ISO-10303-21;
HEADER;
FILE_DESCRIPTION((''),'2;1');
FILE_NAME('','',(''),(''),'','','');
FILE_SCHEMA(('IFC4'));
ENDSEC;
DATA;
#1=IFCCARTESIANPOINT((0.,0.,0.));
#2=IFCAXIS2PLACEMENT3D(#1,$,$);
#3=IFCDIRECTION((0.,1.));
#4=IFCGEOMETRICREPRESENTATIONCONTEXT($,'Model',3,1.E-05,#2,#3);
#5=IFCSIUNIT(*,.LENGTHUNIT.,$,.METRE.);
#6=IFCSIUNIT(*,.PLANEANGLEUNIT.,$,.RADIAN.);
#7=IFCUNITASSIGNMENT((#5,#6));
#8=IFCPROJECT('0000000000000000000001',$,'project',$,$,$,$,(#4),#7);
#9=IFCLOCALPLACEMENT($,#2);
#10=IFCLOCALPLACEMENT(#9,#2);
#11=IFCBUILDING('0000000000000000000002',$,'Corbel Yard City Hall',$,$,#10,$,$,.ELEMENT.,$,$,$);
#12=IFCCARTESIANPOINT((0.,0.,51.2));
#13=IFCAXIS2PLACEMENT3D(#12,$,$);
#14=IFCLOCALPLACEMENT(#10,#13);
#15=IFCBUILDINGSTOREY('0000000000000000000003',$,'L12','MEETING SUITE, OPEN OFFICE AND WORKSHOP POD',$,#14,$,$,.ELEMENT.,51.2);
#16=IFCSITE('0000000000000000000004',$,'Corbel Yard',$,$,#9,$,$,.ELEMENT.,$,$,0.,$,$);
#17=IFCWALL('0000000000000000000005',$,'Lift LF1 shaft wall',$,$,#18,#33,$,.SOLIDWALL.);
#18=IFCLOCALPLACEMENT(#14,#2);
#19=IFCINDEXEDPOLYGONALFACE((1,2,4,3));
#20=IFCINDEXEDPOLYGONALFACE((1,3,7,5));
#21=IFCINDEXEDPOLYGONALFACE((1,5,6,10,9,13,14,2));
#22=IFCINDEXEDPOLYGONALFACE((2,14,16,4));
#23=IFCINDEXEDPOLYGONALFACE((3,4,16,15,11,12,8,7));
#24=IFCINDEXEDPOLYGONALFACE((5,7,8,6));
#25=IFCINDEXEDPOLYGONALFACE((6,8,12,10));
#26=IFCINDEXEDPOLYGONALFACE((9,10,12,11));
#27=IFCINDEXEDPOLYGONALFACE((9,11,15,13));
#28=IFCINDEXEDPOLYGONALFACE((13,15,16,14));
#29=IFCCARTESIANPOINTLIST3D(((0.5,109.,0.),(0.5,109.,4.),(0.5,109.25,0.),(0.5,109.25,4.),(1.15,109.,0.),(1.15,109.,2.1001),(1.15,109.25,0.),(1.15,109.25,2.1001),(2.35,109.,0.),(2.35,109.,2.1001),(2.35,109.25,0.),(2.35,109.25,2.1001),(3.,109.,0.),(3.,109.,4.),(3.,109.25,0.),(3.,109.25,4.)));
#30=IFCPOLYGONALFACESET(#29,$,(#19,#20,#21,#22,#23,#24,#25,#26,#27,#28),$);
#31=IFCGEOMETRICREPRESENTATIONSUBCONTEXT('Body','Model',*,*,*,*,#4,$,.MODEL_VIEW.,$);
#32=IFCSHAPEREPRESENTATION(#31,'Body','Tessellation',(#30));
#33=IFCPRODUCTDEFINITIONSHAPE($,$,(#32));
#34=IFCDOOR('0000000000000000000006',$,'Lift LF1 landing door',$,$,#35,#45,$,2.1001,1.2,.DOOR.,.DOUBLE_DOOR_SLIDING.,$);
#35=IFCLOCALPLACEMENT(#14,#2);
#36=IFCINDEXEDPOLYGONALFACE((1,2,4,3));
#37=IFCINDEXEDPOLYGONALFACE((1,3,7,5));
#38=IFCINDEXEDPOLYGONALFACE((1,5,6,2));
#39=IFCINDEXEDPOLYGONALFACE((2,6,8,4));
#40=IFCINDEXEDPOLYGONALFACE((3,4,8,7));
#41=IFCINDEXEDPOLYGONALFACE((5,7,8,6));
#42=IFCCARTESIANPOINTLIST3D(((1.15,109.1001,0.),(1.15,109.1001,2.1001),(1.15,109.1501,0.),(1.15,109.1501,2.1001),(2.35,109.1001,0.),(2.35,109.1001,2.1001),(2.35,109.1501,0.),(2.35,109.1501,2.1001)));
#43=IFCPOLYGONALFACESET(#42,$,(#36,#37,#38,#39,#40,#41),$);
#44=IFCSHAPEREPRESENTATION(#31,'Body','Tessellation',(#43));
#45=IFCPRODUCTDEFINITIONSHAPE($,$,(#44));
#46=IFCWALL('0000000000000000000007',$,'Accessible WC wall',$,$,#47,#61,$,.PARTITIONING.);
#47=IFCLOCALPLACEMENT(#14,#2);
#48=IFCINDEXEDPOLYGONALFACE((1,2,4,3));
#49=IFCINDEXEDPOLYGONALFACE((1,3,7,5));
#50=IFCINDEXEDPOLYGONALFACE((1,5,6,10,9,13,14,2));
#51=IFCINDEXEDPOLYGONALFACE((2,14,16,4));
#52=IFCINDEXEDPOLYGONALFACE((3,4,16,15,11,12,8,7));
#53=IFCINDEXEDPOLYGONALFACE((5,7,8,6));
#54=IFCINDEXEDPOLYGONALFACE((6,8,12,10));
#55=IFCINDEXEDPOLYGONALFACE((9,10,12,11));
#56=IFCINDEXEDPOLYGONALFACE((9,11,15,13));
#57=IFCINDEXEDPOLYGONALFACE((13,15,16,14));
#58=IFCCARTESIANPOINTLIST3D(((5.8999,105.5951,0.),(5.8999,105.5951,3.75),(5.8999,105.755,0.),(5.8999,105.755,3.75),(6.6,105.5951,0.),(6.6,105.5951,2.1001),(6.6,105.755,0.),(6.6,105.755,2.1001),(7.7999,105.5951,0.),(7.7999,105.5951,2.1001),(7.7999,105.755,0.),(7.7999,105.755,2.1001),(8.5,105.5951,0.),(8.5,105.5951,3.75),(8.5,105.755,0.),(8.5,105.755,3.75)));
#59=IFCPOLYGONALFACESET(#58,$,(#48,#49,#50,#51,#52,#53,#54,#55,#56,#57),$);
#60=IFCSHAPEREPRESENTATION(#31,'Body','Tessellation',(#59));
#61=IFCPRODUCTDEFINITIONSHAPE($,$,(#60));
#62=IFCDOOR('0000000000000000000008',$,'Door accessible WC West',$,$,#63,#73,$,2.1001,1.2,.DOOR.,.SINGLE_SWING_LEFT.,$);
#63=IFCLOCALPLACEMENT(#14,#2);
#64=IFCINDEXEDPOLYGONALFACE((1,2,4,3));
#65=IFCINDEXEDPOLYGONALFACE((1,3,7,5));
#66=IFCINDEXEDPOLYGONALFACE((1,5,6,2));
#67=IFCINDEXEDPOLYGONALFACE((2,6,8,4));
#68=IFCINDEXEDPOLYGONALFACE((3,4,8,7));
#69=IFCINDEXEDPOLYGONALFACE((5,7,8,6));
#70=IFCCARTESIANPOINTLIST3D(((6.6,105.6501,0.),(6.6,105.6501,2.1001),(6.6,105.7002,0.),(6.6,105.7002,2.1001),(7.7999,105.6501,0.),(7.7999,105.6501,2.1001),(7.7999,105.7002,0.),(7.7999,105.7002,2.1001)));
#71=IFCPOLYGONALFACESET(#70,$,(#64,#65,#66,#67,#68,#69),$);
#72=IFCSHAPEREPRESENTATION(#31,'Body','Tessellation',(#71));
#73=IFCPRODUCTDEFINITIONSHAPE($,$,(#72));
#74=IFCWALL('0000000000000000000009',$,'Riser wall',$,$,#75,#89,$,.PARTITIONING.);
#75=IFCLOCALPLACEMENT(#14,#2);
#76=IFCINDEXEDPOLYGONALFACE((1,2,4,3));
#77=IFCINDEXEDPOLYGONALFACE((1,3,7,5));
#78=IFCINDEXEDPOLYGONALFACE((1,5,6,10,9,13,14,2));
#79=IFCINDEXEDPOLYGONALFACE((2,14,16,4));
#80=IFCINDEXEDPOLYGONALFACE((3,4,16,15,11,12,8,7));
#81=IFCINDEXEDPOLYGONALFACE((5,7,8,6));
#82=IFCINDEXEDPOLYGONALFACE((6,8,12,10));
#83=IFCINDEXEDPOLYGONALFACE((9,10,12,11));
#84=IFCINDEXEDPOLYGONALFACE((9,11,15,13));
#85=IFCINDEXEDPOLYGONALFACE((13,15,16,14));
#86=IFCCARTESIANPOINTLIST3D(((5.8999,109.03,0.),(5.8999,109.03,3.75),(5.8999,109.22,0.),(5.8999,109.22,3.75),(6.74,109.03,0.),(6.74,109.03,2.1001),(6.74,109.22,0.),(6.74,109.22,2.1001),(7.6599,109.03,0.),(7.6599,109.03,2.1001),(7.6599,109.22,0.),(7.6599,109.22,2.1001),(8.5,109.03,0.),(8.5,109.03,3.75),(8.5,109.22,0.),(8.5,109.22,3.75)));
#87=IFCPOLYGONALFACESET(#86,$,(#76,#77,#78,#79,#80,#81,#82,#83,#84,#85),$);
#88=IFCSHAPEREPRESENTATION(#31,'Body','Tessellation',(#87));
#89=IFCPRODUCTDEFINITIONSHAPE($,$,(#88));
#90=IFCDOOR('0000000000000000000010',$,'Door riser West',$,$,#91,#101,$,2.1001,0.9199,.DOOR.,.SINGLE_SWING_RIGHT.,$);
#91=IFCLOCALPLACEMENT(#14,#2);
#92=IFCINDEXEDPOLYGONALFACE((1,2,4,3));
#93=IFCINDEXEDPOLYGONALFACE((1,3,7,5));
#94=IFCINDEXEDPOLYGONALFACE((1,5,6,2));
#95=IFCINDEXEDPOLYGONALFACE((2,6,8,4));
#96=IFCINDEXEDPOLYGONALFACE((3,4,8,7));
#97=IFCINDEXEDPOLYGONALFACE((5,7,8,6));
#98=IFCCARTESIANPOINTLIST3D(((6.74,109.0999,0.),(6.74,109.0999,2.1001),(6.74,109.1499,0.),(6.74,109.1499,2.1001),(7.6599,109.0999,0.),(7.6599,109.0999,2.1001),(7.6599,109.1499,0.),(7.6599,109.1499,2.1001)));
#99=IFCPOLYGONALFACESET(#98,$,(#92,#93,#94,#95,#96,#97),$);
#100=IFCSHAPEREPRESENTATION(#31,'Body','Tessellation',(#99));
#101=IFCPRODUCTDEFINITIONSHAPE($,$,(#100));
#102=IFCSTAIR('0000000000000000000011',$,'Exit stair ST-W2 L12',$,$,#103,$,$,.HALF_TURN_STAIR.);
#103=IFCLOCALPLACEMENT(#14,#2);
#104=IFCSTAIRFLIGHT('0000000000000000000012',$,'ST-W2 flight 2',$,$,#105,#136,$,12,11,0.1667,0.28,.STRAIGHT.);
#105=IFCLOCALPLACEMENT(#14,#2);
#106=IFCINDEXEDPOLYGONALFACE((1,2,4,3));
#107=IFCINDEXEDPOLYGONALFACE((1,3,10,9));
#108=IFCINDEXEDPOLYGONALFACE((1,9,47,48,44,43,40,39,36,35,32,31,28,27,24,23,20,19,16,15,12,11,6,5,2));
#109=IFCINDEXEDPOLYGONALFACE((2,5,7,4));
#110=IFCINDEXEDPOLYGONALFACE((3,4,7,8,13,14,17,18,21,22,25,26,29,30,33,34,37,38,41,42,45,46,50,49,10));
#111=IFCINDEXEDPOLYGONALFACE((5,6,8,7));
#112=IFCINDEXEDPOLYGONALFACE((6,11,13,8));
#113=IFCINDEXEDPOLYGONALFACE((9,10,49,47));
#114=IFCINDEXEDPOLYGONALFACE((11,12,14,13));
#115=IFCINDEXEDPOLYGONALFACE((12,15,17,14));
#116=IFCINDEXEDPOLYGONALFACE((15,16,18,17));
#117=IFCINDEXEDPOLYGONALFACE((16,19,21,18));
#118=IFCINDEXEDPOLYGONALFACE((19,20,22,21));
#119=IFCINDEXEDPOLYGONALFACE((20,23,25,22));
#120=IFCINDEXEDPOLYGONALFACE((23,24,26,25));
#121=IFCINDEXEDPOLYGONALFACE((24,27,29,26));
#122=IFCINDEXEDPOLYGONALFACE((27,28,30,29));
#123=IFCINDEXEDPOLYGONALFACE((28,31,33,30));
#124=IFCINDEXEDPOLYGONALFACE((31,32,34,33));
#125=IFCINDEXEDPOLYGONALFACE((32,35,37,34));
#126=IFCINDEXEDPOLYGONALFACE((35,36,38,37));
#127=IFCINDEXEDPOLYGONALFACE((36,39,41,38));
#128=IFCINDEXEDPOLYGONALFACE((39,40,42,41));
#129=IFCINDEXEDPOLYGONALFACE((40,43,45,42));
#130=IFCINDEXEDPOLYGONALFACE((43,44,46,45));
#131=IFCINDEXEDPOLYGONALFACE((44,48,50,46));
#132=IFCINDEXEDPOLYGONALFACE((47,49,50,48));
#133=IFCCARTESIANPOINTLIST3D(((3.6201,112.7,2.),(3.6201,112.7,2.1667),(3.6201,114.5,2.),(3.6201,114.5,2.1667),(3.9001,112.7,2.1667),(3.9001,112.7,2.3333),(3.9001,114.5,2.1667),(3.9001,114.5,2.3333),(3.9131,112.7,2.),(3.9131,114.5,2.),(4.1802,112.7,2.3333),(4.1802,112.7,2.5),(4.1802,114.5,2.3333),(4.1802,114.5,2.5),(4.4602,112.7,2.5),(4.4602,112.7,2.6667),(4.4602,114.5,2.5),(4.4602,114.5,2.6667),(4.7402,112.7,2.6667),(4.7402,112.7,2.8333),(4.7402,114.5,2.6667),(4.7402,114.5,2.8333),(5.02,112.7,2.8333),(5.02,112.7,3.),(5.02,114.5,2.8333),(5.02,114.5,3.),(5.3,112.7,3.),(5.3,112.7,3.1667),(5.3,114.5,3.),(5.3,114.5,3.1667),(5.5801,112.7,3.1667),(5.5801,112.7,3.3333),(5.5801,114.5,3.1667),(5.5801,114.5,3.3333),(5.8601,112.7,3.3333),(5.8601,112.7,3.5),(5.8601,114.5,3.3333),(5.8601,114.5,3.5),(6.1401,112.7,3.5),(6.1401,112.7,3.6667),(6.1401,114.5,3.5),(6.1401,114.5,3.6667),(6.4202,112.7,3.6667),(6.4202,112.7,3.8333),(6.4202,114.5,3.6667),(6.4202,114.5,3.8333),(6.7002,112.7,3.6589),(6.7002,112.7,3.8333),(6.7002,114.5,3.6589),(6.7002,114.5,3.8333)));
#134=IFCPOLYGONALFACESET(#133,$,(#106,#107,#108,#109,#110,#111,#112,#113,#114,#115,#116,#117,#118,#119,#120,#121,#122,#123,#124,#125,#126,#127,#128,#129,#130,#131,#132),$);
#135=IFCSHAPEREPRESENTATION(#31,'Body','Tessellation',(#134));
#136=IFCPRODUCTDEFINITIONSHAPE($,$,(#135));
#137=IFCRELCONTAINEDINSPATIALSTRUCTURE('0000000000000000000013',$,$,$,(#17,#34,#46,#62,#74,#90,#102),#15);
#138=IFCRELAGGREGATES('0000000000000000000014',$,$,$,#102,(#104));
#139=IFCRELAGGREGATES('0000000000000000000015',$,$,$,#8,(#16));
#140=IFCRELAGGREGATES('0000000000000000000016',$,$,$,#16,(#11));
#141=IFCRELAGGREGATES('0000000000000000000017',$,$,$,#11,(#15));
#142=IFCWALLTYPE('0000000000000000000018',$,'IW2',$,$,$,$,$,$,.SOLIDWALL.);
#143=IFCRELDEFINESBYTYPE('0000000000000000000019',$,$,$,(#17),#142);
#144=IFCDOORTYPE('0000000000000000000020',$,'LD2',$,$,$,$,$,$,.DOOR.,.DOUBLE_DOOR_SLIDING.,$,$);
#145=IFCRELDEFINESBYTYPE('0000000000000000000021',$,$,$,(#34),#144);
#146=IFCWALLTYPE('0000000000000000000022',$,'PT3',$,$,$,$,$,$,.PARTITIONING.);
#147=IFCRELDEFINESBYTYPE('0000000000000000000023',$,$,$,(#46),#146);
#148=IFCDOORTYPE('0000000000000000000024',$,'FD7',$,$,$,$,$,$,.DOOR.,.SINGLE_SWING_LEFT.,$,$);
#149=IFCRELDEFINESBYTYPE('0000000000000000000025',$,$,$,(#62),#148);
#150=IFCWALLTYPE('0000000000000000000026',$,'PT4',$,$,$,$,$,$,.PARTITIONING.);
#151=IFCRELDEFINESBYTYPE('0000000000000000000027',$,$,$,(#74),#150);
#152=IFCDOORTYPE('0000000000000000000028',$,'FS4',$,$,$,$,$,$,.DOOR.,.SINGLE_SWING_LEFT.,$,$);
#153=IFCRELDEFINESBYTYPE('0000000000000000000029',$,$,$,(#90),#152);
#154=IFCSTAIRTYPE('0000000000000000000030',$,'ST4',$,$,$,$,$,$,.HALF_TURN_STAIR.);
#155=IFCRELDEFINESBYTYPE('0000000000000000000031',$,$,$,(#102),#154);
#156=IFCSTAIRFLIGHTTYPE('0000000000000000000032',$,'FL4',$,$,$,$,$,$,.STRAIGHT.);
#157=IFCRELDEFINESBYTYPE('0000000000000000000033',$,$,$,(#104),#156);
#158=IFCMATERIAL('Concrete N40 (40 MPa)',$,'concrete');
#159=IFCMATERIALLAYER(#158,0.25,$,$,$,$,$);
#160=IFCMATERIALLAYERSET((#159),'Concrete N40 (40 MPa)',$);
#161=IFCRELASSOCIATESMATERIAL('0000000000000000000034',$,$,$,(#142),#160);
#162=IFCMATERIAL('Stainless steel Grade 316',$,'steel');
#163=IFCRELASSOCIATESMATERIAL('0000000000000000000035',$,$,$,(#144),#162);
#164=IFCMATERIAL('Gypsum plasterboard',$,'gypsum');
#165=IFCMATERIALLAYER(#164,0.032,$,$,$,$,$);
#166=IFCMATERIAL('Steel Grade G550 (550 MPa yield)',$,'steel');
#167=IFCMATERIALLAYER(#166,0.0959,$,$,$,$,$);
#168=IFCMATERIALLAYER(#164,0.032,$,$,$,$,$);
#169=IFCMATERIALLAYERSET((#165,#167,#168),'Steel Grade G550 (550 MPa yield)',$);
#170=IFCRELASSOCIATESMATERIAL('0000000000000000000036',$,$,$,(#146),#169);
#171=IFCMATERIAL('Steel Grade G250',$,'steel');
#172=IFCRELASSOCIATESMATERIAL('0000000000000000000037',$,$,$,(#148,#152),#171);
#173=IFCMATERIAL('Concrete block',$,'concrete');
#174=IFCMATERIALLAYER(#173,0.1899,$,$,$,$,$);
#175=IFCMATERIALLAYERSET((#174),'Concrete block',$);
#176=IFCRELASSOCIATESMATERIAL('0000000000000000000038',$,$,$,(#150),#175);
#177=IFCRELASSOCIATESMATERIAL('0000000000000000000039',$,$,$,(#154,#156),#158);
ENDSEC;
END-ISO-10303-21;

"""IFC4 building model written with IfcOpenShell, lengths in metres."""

from ifc_helpers import new_model, si_unit, direction, frame, frame_2d, origin, place, context, subcontext, project, spatial, polyline, rectangle, outline, extrude, material, layer, layer_set, type_object, element, fill, aggregate, save


model = new_model("IFC4")

# Units and contexts
model_context = context("Model", 3, precision=1e-05, world=origin(), true_north=direction((0.0, 1.0)))
body_context = subcontext(model_context, "Body", "Model", "MODEL_VIEW")
ifc_project = project(units=[si_unit("LENGTHUNIT", "METRE"), si_unit("PLANEANGLEUNIT", "RADIAN")], contexts=[model_context])

# Site, building, storey
site_placement = place(None, origin())
site = spatial("IfcSite", under=ifc_project, at=site_placement, Name="Corbel Yard", CompositionType="ELEMENT", RefElevation=0.0)
building_placement = place(site_placement, origin())
building = spatial("IfcBuilding", under=site, at=building_placement, Name="Corbel Yard City Hall", CompositionType="ELEMENT")
storey_placement = place(building_placement, frame((0.0, 0.0, 51.2)))
storey = spatial("IfcBuildingStorey", under=building, at=storey_placement, Name="L12", Description="MEETING SUITE, OPEN OFFICE AND WORKSHOP POD", CompositionType="ELEMENT", Elevation=51.2)

# Shared definitions
ifc_material_1 = material(Name="Concrete N40 (40 MPa)", Category="concrete")
ifc_layer_1 = layer(ifc_material_1, 0.25)
ifc_layer_set_1 = layer_set([ifc_layer_1], Name="Concrete N40 (40 MPa)")
wall_type_1 = type_object("IfcWallType", Name="IW2", PredefinedType="SOLIDWALL", material=ifc_layer_set_1)

# Shared definitions
ifc_material_2 = material(Name="Stainless steel Grade 316", Category="steel")

# Walls, openings, doors
wall_1_placement = place(storey_placement, frame((3.0, 109.125, 0.0), z_axis=(0.0, 0.0, 1.0), x_axis=(-1.0, 0.0, 0.0)))
wall_1 = element("IfcWall", 1, at=wall_1_placement, inside=storey, type_object=wall_type_1, Name="Lift LF1 shaft wall", PredefinedType="SOLIDWALL", context=body_context, shape_type="SweptSolid", body=[
    extrude(rectangle(XDim=2.5, YDim=0.25, at=frame_2d((1.25, 0.0))), origin(), (0.0, 0.0, 1.0), 4.0),
])
opening_1_placement = place(wall_1_placement, frame((0.6499, 0.0, 0.0)))
opening_1 = element("IfcOpeningElement", 2, at=opening_1_placement, cuts=wall_1, PredefinedType="OPENING", context=body_context, shape_type="SweptSolid", body=[
    extrude(rectangle(XDim=1.2, YDim=2.1001, at=frame_2d((0.6001, 1.05))), frame((0.0, 0.135, 0.0), z_axis=(0.0, -1.0, 0.0), x_axis=(1.0, 0.0, 0.0)), (0.0, 0.0, 1.0), 0.27),
])
door_type_1 = type_object("IfcDoorType", Name="LD2", OperationType="DOUBLE_DOOR_SLIDING", PredefinedType="DOOR", material=ifc_material_2)
door_1_placement = place(opening_1_placement, origin())
door_1 = element("IfcDoor", 3, at=door_1_placement, inside=storey, type_object=door_type_1, Name="Lift LF1 landing door", OperationType="DOUBLE_DOOR_SLIDING", OverallHeight=2.1001, OverallWidth=1.2, PredefinedType="DOOR", context=body_context, shape_type="SweptSolid", body=[
    extrude(rectangle(XDim=1.2, YDim=2.1001, at=frame_2d((0.6001, 1.05))), frame((0.0, 0.0249, 0.0), z_axis=(0.0, -1.0, 0.0), x_axis=(1.0, 0.0, 0.0)), (0.0, 0.0, 1.0), 0.05),
])
fill(opening_1, door_1)
ifc_material_3 = material(Name="Gypsum plasterboard", Category="gypsum")
ifc_layer_2 = layer(ifc_material_3, 0.032)
ifc_material_4 = material(Name="Steel Grade G550 (550 MPa yield)", Category="steel")
ifc_layer_3 = layer(ifc_material_4, 0.0959)
ifc_layer_4 = layer(ifc_material_3, 0.032)
ifc_layer_set_2 = layer_set([ifc_layer_2, ifc_layer_3, ifc_layer_4], Name="Steel Grade G550 (550 MPa yield)")
wall_type_2 = type_object("IfcWallType", Name="PT3", PredefinedType="PARTITIONING", material=ifc_layer_set_2)
wall_2_placement = place(storey_placement, frame((8.5, 105.675, 0.0), z_axis=(0.0, 0.0, 1.0), x_axis=(-1.0, 0.0, 0.0)))
wall_2 = element("IfcWall", 4, at=wall_2_placement, inside=storey, type_object=wall_type_2, Name="Accessible WC wall", PredefinedType="PARTITIONING", context=body_context, shape_type="SweptSolid", body=[
    extrude(rectangle(XDim=2.6001, YDim=0.1599, at=frame_2d((1.3, 0.0))), origin(), (0.0, 0.0, 1.0), 3.75),
])
opening_2_placement = place(wall_2_placement, frame((0.7, 0.0, 0.0)))
opening_2 = element("IfcOpeningElement", 5, at=opening_2_placement, cuts=wall_2, PredefinedType="OPENING", context=body_context, shape_type="SweptSolid", body=[
    extrude(rectangle(XDim=1.2, YDim=2.1001, at=frame_2d((0.6001, 1.05))), frame((0.0, 0.0898, 0.0), z_axis=(0.0, -1.0, 0.0), x_axis=(1.0, 0.0, 0.0)), (0.0, 0.0, 1.0), 0.1799),
])
ifc_material_5 = material(Name="Steel Grade G250", Category="steel")
door_type_2 = type_object("IfcDoorType", Name="FD7", OperationType="SINGLE_SWING_LEFT", PredefinedType="DOOR", material=ifc_material_5)
door_2_placement = place(opening_2_placement, origin())
door_2 = element("IfcDoor", 6, at=door_2_placement, inside=storey, type_object=door_type_2, Name="Door accessible WC West", OperationType="SINGLE_SWING_LEFT", OverallHeight=2.1001, OverallWidth=1.2, PredefinedType="DOOR", context=body_context, shape_type="SweptSolid", body=[
    extrude(rectangle(XDim=1.2, YDim=2.1001, at=frame_2d((0.6001, 1.05))), frame((0.0, 0.0249, 0.0), z_axis=(0.0, -1.0, 0.0), x_axis=(1.0, 0.0, 0.0)), (0.0, 0.0, 1.0), 0.05),
])
fill(opening_2, door_2)
ifc_material_6 = material(Name="Concrete block", Category="concrete")
ifc_layer_5 = layer(ifc_material_6, 0.1899)
ifc_layer_set_3 = layer_set([ifc_layer_5], Name="Concrete block")
wall_type_3 = type_object("IfcWallType", Name="PT4", PredefinedType="PARTITIONING", material=ifc_layer_set_3)
wall_3_placement = place(storey_placement, frame((8.5, 109.125, 0.0), z_axis=(0.0, 0.0, 1.0), x_axis=(-1.0, 0.0, 0.0)))
wall_3 = element("IfcWall", 7, at=wall_3_placement, inside=storey, type_object=wall_type_3, Name="Riser wall", PredefinedType="PARTITIONING", context=body_context, shape_type="SweptSolid", body=[
    extrude(rectangle(XDim=2.6001, YDim=0.1899, at=frame_2d((1.3, 0.0))), origin(), (0.0, 0.0, 1.0), 3.75),
])
opening_3_placement = place(wall_3_placement, frame((0.8401, 0.0, 0.0)))
opening_3 = element("IfcOpeningElement", 8, at=opening_3_placement, cuts=wall_3, PredefinedType="OPENING", context=body_context, shape_type="SweptSolid", body=[
    extrude(rectangle(XDim=0.9199, YDim=2.1001, at=frame_2d((0.46, 1.05))), frame((0.0, 0.105, 0.0), z_axis=(0.0, -1.0, 0.0), x_axis=(1.0, 0.0, 0.0)), (0.0, 0.0, 1.0), 0.21),
])
door_type_3 = type_object("IfcDoorType", Name="FS4", OperationType="SINGLE_SWING_LEFT", PredefinedType="DOOR", material=ifc_material_5)
door_3_placement = place(opening_3_placement, frame((0.9199, 0.0, 0.0), z_axis=(0.0, 0.0, 1.0), x_axis=(-1.0, 0.0, 0.0)))
door_3 = element("IfcDoor", 9, at=door_3_placement, inside=storey, type_object=door_type_3, Name="Door riser West", OperationType="SINGLE_SWING_RIGHT", OverallHeight=2.1001, OverallWidth=0.9199, PredefinedType="DOOR", context=body_context, shape_type="SweptSolid", body=[
    extrude(rectangle(XDim=0.9199, YDim=2.1001, at=frame_2d((0.46, 1.05))), frame((0.0, 0.0249, 0.0), z_axis=(0.0, -1.0, 0.0), x_axis=(1.0, 0.0, 0.0)), (0.0, 0.0, 1.0), 0.05),
])
fill(opening_3, door_3)

# Stair, stair flight
stair_type = type_object("IfcStairType", Name="ST4", PredefinedType="HALF_TURN_STAIR", material=ifc_material_1)
stair_placement = place(storey_placement, origin())
stair = element("IfcStair", 10, at=stair_placement, inside=storey, type_object=stair_type, Name="Exit stair ST-W2 L12", PredefinedType="HALF_TURN_STAIR")
stair_flight_type = type_object("IfcStairFlightType", Name="FL4", PredefinedType="STRAIGHT", material=ifc_material_1)
stair_flight_placement = place(storey_placement, frame((3.6201, 113.6001, 2.0), z_axis=(0.0, 0.0, 1.0), x_axis=(1.0, 0.0, 0.0)))
stair_flight = element("IfcStairFlight", 11, at=stair_flight_placement, type_object=stair_flight_type, Name="ST-W2 flight 2", NumberOfRisers=12, NumberOfTreads=11, PredefinedType="STRAIGHT", RiserHeight=0.1667, TreadLength=0.28, context=body_context, shape_type="SweptSolid", body=[
    extrude(outline(polyline([(0.0, 0.0), (0.0, 0.1667), (0.28, 0.1667), (0.28, 0.3333), (0.5601, 0.3333), (0.5601, 0.5), (0.8401, 0.5), (0.8401, 0.6667), (1.1201, 0.6667), (1.1201, 0.8333), (1.3999, 0.8333), (1.3999, 1.0), (1.6799, 1.0), (1.6799, 1.1667), (1.96, 1.1667), (1.96, 1.3333), (2.24, 1.3333), (2.24, 1.5), (2.52, 1.5), (2.52, 1.6667), (2.8, 1.6667), (2.8, 1.8333), (3.0801, 1.8333), (3.0801, 2.0), (3.0801, 1.6589), (0.293, 0.0), (0.0, 0.0)])), frame((0.0, 0.8999, 0.0), z_axis=(0.0, -1.0, 0.0), x_axis=(1.0, 0.0, 0.0)), (0.0, 0.0, 1.0), 1.8),
])
aggregate(stair, [stair_flight])

save(model, "model.ifc")
